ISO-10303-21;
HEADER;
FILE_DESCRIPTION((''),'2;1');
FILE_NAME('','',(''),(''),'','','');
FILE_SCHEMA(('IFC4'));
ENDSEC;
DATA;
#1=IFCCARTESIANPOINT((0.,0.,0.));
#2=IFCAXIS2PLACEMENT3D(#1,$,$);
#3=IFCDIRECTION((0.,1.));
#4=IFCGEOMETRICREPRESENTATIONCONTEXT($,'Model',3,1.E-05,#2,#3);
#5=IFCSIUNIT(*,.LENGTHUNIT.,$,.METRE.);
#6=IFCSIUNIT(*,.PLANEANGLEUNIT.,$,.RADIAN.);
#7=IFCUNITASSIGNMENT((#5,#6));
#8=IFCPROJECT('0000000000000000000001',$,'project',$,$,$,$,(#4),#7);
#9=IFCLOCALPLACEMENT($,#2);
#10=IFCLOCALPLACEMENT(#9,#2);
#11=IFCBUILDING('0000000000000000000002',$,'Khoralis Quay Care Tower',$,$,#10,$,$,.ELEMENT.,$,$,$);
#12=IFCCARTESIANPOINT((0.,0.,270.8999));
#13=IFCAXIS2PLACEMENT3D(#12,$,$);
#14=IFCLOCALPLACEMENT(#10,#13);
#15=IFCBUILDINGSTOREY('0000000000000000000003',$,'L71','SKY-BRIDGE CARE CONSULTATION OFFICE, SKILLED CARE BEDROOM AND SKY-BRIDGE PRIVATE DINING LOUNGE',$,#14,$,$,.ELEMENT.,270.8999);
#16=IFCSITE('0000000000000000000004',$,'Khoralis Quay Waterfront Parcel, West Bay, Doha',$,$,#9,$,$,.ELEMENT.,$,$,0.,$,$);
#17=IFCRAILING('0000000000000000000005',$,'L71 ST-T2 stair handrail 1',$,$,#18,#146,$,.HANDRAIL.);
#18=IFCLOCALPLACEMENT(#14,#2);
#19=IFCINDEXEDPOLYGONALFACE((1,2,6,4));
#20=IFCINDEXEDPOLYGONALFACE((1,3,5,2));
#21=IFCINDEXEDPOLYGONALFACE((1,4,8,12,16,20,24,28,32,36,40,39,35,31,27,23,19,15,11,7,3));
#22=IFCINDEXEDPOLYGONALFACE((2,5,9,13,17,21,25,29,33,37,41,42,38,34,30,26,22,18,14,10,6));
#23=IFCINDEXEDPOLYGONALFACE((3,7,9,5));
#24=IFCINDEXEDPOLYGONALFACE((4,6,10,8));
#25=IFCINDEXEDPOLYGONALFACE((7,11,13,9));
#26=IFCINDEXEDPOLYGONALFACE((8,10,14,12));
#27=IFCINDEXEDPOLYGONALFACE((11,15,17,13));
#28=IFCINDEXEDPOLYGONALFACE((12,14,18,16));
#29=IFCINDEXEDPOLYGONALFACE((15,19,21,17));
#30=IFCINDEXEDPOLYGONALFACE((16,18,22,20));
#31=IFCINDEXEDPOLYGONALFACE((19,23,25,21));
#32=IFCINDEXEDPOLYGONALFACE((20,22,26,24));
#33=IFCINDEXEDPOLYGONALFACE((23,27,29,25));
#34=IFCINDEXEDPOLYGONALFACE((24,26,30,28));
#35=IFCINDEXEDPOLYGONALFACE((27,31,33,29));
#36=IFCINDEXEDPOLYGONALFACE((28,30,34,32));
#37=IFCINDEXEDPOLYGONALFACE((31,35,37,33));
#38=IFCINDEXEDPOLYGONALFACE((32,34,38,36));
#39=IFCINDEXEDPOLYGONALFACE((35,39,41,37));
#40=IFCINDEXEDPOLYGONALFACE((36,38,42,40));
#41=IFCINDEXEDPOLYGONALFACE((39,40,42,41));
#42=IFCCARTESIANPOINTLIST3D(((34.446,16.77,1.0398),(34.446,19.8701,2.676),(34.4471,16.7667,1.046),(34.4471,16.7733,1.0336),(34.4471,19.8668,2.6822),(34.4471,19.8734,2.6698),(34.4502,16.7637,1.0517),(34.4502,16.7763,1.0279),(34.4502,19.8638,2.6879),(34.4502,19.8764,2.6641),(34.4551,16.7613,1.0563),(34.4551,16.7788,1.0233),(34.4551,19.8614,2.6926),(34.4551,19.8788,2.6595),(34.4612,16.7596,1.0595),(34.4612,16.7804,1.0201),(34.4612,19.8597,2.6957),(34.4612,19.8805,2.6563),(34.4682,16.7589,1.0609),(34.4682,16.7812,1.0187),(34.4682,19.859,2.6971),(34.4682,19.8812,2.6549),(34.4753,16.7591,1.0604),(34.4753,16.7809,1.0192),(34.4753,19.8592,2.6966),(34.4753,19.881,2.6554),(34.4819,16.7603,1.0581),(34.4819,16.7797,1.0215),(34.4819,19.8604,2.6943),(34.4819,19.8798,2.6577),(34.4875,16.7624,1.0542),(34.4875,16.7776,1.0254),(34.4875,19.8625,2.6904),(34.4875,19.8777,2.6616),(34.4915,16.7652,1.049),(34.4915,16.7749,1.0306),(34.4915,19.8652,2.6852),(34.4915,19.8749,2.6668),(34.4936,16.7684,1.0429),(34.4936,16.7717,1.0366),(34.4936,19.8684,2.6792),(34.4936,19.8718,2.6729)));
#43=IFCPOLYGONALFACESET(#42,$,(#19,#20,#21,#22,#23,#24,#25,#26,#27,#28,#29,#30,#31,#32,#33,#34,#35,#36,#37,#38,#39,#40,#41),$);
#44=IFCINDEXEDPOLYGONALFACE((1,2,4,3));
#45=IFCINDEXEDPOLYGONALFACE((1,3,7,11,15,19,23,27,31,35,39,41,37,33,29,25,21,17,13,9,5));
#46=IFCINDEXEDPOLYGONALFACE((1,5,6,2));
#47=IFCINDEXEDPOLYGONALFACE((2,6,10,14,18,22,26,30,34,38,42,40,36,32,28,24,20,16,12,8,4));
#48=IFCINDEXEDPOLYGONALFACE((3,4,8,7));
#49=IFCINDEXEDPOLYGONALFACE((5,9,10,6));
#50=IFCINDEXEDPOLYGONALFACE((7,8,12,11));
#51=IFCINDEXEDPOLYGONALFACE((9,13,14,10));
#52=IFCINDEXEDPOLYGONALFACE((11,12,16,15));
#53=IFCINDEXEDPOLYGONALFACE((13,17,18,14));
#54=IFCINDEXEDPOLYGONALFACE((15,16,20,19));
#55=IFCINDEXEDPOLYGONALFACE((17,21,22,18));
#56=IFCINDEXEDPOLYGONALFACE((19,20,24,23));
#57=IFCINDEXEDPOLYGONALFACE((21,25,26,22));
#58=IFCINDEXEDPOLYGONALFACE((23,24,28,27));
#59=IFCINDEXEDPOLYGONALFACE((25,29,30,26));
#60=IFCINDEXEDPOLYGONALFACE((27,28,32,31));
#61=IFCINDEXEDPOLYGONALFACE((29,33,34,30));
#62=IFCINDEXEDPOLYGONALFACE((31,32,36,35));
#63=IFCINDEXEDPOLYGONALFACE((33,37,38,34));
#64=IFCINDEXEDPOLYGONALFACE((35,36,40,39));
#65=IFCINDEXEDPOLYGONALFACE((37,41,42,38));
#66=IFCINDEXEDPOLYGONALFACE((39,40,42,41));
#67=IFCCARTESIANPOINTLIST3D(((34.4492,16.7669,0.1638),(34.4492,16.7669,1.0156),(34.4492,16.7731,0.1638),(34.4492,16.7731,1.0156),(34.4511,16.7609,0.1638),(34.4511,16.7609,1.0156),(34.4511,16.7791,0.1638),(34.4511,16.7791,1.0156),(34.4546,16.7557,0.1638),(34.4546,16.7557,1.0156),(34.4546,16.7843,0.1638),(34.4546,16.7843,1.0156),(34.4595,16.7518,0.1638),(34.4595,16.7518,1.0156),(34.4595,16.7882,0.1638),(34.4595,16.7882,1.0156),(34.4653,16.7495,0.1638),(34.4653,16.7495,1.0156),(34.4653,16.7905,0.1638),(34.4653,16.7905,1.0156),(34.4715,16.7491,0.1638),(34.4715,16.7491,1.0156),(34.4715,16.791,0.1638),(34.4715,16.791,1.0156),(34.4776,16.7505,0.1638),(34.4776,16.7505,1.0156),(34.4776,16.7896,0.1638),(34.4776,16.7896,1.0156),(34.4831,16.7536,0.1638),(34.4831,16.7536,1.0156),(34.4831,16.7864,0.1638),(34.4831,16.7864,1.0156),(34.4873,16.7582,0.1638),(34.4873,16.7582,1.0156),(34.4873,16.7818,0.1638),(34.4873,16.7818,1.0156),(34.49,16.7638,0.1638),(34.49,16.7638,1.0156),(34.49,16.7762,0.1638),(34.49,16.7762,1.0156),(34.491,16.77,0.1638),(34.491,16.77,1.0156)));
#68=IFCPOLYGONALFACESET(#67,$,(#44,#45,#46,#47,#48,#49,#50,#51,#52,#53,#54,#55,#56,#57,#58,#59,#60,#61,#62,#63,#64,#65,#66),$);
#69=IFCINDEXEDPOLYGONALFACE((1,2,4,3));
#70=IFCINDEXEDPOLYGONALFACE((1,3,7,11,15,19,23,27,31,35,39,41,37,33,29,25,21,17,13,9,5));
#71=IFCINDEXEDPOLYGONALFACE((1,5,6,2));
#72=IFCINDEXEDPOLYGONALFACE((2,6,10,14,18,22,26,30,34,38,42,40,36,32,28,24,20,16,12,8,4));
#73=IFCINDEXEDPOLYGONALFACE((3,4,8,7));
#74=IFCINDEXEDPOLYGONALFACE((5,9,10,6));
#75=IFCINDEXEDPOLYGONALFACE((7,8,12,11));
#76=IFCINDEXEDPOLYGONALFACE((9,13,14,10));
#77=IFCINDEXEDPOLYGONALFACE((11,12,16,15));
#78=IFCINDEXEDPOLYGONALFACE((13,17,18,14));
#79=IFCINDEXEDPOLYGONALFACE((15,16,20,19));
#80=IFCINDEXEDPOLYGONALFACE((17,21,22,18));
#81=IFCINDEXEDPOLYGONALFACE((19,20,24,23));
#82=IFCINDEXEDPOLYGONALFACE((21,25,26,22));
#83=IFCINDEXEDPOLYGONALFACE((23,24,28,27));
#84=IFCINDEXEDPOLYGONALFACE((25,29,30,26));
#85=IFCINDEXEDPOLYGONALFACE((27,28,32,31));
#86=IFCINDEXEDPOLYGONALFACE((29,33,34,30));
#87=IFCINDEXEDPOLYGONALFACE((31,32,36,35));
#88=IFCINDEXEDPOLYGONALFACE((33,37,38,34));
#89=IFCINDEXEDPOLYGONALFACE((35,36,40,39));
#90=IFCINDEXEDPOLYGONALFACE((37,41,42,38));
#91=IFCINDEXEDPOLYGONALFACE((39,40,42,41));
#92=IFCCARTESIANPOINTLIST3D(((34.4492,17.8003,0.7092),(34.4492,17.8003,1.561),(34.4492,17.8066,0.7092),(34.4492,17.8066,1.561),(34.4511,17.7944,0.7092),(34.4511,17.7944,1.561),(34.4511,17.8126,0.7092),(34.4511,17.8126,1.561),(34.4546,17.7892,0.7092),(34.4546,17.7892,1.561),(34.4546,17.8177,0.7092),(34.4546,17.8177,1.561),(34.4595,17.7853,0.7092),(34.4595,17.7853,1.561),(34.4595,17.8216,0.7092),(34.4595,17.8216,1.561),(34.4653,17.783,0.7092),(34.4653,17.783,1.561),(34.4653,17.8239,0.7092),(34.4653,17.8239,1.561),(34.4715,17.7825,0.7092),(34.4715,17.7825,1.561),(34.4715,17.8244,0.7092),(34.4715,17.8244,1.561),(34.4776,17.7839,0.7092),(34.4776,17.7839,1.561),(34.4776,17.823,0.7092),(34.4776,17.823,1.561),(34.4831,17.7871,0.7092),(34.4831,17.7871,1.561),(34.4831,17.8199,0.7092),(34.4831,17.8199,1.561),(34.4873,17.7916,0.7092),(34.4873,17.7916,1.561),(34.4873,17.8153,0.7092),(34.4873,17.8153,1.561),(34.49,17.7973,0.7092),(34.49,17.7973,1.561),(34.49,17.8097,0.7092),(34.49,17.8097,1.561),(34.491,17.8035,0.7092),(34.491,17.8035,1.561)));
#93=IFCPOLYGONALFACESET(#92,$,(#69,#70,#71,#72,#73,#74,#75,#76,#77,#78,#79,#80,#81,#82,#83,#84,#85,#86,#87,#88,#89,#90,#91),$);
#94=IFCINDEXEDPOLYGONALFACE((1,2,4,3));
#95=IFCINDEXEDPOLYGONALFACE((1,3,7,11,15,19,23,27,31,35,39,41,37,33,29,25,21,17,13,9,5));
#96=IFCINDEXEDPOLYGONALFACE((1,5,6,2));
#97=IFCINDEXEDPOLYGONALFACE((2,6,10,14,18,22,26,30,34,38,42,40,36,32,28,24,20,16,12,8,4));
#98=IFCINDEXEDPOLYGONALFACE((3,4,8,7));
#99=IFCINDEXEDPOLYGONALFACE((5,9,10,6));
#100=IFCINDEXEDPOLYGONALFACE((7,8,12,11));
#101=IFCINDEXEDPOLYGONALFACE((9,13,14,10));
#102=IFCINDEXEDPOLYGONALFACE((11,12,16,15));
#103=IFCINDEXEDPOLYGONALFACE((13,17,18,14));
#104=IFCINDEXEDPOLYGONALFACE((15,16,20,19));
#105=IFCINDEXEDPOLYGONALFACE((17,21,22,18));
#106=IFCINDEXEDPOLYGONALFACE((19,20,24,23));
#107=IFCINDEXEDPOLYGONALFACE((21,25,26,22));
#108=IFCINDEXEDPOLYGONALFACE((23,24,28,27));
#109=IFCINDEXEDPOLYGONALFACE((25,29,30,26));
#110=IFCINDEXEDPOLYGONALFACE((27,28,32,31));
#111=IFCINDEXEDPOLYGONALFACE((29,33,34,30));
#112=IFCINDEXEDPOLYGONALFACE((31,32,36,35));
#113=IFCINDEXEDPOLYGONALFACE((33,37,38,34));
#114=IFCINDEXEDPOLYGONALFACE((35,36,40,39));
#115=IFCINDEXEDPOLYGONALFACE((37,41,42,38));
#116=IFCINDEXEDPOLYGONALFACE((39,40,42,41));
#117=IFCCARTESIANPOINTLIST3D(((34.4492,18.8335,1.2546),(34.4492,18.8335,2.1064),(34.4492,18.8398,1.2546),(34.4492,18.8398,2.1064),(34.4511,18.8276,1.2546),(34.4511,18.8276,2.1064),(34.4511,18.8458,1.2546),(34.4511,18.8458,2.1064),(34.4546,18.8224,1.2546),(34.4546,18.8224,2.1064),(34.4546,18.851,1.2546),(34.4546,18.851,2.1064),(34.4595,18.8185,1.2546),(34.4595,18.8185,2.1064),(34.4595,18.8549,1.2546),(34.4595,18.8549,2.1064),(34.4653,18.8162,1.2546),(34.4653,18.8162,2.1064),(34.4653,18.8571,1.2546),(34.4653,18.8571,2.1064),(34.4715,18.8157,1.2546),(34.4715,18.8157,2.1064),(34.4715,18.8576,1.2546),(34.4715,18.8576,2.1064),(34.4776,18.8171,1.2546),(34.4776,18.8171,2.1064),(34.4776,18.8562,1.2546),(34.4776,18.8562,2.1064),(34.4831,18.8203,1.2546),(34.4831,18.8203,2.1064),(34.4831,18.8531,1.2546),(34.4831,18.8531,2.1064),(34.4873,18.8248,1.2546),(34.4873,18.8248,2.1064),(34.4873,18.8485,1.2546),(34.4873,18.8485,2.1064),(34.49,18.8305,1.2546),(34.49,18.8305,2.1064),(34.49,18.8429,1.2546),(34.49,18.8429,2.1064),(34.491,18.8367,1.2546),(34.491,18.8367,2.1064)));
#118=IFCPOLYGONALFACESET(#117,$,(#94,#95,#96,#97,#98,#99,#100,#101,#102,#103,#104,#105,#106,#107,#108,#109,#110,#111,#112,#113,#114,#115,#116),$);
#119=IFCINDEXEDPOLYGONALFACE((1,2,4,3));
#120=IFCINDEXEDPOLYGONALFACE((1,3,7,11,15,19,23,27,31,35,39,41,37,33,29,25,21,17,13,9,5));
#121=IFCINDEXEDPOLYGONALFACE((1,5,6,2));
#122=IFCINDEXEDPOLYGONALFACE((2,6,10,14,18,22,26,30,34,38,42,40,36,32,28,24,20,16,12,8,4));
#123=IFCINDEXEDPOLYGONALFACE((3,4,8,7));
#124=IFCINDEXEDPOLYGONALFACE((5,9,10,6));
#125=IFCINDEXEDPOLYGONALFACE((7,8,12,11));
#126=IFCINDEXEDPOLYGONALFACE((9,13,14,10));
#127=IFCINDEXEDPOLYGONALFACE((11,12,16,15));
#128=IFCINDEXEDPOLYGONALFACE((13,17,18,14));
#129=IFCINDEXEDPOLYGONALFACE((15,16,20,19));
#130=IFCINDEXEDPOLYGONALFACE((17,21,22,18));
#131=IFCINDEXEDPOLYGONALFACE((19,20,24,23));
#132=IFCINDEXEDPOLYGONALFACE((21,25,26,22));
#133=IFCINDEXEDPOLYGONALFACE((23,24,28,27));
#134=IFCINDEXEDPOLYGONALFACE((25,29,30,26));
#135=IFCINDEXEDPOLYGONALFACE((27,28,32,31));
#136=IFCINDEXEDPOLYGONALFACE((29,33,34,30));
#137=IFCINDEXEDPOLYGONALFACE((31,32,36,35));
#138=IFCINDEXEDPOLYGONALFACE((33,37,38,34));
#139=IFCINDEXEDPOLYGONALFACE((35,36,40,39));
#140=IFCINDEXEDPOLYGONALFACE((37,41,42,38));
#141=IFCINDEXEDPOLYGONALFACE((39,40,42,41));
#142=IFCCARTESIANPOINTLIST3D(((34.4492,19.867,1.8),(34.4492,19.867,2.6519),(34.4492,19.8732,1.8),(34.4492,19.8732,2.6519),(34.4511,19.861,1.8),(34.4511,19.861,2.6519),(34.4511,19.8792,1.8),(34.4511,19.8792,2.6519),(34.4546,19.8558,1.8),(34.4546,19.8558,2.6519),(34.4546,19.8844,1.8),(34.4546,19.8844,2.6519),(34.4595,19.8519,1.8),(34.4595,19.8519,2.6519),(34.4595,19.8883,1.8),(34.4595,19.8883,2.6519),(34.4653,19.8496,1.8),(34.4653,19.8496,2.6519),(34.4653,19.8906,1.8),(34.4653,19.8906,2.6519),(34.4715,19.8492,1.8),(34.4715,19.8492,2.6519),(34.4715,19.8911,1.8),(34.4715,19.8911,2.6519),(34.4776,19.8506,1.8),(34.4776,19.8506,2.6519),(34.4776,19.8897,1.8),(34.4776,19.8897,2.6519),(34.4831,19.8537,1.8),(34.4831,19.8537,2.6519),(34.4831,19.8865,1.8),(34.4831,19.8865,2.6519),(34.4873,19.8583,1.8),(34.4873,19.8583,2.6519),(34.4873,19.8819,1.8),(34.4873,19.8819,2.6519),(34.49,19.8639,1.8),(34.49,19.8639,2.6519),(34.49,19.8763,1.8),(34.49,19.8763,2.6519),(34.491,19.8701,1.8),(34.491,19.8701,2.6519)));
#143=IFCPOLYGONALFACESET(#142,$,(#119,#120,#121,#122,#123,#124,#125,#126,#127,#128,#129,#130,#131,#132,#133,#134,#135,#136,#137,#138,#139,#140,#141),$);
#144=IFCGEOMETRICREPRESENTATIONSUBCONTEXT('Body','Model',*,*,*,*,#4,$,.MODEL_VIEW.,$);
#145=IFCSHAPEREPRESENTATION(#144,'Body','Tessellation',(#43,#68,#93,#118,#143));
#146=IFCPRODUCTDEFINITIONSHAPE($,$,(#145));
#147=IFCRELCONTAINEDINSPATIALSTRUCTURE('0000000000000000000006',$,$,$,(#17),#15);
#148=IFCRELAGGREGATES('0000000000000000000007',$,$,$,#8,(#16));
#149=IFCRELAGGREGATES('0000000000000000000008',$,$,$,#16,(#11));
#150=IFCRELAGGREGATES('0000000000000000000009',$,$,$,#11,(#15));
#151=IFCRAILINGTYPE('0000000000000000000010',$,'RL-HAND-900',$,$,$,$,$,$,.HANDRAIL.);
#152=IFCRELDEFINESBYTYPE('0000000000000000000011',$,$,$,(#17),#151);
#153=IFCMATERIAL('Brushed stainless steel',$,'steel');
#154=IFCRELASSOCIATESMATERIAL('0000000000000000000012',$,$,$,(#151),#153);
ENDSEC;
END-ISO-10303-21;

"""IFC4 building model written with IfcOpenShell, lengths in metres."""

from ifc_helpers import new_model, si_unit, direction, frame, origin, origin_2d, place, context, subcontext, project, spatial, circle, extrude, material, type_object, element, save


model = new_model("IFC4")

# Units and contexts
model_context = context("Model", 3, precision=1e-05, world=origin(), true_north=direction((0.0, 1.0)))
body_context = subcontext(model_context, "Body", "Model", "MODEL_VIEW")
ifc_project = project(units=[si_unit("LENGTHUNIT", "METRE"), si_unit("PLANEANGLEUNIT", "RADIAN")], contexts=[model_context])

# Site, building, storey
site_placement = place(None, origin())
site = spatial("IfcSite", under=ifc_project, at=site_placement, Name="Khoralis Quay Waterfront Parcel, West Bay, Doha", CompositionType="ELEMENT", RefElevation=0.0)
building_placement = place(site_placement, origin())
building = spatial("IfcBuilding", under=site, at=building_placement, Name="Khoralis Quay Care Tower", CompositionType="ELEMENT")
storey_placement = place(building_placement, frame((0.0, 0.0, 270.8999)))
storey = spatial("IfcBuildingStorey", under=building, at=storey_placement, Name="L71", Description="SKY-BRIDGE CARE CONSULTATION OFFICE, SKILLED CARE BEDROOM AND SKY-BRIDGE PRIVATE DINING LOUNGE", CompositionType="ELEMENT", Elevation=270.8999)

# Railing
ifc_material_1 = material(Name="Brushed stainless steel", Category="steel")
railing_type_1 = type_object("IfcRailingType", Name="RL-HAND-900", PredefinedType="HANDRAIL", material=ifc_material_1)
railing_1_placement = place(storey_placement, frame((34.47, 16.77, 0.1638)))
element("IfcRailing", 1, at=railing_1_placement, inside=storey, type_object=railing_type_1, Name="L71 ST-T2 stair handrail 1", PredefinedType="HANDRAIL", context=body_context, shape_type="SweptSolid", body=[
    extrude(circle(Radius=0.0239, at=origin_2d()), frame((0.0, 0.0, 0.876), z_axis=(0.0, 0.884377, 0.466774), x_axis=(-1.0, 0.0, 0.0)), (0.0, 0.0, 1.0), 3.5054),
    extrude(circle(Radius=0.021, at=origin_2d()), origin(), (0.0, 0.0, 1.0), 0.8518),
    extrude(circle(Radius=0.021, at=origin_2d()), frame((0.0, 1.0334, 0.5454)), (0.0, 0.0, 1.0), 0.8518),
    extrude(circle(Radius=0.021, at=origin_2d()), frame((0.0, 2.0667, 1.0908)), (0.0, 0.0, 1.0), 0.8518),
    extrude(circle(Radius=0.021, at=origin_2d()), frame((0.0, 3.1001, 1.6362)), (0.0, 0.0, 1.0), 0.8518),
])

save(model, "model.ifc")
